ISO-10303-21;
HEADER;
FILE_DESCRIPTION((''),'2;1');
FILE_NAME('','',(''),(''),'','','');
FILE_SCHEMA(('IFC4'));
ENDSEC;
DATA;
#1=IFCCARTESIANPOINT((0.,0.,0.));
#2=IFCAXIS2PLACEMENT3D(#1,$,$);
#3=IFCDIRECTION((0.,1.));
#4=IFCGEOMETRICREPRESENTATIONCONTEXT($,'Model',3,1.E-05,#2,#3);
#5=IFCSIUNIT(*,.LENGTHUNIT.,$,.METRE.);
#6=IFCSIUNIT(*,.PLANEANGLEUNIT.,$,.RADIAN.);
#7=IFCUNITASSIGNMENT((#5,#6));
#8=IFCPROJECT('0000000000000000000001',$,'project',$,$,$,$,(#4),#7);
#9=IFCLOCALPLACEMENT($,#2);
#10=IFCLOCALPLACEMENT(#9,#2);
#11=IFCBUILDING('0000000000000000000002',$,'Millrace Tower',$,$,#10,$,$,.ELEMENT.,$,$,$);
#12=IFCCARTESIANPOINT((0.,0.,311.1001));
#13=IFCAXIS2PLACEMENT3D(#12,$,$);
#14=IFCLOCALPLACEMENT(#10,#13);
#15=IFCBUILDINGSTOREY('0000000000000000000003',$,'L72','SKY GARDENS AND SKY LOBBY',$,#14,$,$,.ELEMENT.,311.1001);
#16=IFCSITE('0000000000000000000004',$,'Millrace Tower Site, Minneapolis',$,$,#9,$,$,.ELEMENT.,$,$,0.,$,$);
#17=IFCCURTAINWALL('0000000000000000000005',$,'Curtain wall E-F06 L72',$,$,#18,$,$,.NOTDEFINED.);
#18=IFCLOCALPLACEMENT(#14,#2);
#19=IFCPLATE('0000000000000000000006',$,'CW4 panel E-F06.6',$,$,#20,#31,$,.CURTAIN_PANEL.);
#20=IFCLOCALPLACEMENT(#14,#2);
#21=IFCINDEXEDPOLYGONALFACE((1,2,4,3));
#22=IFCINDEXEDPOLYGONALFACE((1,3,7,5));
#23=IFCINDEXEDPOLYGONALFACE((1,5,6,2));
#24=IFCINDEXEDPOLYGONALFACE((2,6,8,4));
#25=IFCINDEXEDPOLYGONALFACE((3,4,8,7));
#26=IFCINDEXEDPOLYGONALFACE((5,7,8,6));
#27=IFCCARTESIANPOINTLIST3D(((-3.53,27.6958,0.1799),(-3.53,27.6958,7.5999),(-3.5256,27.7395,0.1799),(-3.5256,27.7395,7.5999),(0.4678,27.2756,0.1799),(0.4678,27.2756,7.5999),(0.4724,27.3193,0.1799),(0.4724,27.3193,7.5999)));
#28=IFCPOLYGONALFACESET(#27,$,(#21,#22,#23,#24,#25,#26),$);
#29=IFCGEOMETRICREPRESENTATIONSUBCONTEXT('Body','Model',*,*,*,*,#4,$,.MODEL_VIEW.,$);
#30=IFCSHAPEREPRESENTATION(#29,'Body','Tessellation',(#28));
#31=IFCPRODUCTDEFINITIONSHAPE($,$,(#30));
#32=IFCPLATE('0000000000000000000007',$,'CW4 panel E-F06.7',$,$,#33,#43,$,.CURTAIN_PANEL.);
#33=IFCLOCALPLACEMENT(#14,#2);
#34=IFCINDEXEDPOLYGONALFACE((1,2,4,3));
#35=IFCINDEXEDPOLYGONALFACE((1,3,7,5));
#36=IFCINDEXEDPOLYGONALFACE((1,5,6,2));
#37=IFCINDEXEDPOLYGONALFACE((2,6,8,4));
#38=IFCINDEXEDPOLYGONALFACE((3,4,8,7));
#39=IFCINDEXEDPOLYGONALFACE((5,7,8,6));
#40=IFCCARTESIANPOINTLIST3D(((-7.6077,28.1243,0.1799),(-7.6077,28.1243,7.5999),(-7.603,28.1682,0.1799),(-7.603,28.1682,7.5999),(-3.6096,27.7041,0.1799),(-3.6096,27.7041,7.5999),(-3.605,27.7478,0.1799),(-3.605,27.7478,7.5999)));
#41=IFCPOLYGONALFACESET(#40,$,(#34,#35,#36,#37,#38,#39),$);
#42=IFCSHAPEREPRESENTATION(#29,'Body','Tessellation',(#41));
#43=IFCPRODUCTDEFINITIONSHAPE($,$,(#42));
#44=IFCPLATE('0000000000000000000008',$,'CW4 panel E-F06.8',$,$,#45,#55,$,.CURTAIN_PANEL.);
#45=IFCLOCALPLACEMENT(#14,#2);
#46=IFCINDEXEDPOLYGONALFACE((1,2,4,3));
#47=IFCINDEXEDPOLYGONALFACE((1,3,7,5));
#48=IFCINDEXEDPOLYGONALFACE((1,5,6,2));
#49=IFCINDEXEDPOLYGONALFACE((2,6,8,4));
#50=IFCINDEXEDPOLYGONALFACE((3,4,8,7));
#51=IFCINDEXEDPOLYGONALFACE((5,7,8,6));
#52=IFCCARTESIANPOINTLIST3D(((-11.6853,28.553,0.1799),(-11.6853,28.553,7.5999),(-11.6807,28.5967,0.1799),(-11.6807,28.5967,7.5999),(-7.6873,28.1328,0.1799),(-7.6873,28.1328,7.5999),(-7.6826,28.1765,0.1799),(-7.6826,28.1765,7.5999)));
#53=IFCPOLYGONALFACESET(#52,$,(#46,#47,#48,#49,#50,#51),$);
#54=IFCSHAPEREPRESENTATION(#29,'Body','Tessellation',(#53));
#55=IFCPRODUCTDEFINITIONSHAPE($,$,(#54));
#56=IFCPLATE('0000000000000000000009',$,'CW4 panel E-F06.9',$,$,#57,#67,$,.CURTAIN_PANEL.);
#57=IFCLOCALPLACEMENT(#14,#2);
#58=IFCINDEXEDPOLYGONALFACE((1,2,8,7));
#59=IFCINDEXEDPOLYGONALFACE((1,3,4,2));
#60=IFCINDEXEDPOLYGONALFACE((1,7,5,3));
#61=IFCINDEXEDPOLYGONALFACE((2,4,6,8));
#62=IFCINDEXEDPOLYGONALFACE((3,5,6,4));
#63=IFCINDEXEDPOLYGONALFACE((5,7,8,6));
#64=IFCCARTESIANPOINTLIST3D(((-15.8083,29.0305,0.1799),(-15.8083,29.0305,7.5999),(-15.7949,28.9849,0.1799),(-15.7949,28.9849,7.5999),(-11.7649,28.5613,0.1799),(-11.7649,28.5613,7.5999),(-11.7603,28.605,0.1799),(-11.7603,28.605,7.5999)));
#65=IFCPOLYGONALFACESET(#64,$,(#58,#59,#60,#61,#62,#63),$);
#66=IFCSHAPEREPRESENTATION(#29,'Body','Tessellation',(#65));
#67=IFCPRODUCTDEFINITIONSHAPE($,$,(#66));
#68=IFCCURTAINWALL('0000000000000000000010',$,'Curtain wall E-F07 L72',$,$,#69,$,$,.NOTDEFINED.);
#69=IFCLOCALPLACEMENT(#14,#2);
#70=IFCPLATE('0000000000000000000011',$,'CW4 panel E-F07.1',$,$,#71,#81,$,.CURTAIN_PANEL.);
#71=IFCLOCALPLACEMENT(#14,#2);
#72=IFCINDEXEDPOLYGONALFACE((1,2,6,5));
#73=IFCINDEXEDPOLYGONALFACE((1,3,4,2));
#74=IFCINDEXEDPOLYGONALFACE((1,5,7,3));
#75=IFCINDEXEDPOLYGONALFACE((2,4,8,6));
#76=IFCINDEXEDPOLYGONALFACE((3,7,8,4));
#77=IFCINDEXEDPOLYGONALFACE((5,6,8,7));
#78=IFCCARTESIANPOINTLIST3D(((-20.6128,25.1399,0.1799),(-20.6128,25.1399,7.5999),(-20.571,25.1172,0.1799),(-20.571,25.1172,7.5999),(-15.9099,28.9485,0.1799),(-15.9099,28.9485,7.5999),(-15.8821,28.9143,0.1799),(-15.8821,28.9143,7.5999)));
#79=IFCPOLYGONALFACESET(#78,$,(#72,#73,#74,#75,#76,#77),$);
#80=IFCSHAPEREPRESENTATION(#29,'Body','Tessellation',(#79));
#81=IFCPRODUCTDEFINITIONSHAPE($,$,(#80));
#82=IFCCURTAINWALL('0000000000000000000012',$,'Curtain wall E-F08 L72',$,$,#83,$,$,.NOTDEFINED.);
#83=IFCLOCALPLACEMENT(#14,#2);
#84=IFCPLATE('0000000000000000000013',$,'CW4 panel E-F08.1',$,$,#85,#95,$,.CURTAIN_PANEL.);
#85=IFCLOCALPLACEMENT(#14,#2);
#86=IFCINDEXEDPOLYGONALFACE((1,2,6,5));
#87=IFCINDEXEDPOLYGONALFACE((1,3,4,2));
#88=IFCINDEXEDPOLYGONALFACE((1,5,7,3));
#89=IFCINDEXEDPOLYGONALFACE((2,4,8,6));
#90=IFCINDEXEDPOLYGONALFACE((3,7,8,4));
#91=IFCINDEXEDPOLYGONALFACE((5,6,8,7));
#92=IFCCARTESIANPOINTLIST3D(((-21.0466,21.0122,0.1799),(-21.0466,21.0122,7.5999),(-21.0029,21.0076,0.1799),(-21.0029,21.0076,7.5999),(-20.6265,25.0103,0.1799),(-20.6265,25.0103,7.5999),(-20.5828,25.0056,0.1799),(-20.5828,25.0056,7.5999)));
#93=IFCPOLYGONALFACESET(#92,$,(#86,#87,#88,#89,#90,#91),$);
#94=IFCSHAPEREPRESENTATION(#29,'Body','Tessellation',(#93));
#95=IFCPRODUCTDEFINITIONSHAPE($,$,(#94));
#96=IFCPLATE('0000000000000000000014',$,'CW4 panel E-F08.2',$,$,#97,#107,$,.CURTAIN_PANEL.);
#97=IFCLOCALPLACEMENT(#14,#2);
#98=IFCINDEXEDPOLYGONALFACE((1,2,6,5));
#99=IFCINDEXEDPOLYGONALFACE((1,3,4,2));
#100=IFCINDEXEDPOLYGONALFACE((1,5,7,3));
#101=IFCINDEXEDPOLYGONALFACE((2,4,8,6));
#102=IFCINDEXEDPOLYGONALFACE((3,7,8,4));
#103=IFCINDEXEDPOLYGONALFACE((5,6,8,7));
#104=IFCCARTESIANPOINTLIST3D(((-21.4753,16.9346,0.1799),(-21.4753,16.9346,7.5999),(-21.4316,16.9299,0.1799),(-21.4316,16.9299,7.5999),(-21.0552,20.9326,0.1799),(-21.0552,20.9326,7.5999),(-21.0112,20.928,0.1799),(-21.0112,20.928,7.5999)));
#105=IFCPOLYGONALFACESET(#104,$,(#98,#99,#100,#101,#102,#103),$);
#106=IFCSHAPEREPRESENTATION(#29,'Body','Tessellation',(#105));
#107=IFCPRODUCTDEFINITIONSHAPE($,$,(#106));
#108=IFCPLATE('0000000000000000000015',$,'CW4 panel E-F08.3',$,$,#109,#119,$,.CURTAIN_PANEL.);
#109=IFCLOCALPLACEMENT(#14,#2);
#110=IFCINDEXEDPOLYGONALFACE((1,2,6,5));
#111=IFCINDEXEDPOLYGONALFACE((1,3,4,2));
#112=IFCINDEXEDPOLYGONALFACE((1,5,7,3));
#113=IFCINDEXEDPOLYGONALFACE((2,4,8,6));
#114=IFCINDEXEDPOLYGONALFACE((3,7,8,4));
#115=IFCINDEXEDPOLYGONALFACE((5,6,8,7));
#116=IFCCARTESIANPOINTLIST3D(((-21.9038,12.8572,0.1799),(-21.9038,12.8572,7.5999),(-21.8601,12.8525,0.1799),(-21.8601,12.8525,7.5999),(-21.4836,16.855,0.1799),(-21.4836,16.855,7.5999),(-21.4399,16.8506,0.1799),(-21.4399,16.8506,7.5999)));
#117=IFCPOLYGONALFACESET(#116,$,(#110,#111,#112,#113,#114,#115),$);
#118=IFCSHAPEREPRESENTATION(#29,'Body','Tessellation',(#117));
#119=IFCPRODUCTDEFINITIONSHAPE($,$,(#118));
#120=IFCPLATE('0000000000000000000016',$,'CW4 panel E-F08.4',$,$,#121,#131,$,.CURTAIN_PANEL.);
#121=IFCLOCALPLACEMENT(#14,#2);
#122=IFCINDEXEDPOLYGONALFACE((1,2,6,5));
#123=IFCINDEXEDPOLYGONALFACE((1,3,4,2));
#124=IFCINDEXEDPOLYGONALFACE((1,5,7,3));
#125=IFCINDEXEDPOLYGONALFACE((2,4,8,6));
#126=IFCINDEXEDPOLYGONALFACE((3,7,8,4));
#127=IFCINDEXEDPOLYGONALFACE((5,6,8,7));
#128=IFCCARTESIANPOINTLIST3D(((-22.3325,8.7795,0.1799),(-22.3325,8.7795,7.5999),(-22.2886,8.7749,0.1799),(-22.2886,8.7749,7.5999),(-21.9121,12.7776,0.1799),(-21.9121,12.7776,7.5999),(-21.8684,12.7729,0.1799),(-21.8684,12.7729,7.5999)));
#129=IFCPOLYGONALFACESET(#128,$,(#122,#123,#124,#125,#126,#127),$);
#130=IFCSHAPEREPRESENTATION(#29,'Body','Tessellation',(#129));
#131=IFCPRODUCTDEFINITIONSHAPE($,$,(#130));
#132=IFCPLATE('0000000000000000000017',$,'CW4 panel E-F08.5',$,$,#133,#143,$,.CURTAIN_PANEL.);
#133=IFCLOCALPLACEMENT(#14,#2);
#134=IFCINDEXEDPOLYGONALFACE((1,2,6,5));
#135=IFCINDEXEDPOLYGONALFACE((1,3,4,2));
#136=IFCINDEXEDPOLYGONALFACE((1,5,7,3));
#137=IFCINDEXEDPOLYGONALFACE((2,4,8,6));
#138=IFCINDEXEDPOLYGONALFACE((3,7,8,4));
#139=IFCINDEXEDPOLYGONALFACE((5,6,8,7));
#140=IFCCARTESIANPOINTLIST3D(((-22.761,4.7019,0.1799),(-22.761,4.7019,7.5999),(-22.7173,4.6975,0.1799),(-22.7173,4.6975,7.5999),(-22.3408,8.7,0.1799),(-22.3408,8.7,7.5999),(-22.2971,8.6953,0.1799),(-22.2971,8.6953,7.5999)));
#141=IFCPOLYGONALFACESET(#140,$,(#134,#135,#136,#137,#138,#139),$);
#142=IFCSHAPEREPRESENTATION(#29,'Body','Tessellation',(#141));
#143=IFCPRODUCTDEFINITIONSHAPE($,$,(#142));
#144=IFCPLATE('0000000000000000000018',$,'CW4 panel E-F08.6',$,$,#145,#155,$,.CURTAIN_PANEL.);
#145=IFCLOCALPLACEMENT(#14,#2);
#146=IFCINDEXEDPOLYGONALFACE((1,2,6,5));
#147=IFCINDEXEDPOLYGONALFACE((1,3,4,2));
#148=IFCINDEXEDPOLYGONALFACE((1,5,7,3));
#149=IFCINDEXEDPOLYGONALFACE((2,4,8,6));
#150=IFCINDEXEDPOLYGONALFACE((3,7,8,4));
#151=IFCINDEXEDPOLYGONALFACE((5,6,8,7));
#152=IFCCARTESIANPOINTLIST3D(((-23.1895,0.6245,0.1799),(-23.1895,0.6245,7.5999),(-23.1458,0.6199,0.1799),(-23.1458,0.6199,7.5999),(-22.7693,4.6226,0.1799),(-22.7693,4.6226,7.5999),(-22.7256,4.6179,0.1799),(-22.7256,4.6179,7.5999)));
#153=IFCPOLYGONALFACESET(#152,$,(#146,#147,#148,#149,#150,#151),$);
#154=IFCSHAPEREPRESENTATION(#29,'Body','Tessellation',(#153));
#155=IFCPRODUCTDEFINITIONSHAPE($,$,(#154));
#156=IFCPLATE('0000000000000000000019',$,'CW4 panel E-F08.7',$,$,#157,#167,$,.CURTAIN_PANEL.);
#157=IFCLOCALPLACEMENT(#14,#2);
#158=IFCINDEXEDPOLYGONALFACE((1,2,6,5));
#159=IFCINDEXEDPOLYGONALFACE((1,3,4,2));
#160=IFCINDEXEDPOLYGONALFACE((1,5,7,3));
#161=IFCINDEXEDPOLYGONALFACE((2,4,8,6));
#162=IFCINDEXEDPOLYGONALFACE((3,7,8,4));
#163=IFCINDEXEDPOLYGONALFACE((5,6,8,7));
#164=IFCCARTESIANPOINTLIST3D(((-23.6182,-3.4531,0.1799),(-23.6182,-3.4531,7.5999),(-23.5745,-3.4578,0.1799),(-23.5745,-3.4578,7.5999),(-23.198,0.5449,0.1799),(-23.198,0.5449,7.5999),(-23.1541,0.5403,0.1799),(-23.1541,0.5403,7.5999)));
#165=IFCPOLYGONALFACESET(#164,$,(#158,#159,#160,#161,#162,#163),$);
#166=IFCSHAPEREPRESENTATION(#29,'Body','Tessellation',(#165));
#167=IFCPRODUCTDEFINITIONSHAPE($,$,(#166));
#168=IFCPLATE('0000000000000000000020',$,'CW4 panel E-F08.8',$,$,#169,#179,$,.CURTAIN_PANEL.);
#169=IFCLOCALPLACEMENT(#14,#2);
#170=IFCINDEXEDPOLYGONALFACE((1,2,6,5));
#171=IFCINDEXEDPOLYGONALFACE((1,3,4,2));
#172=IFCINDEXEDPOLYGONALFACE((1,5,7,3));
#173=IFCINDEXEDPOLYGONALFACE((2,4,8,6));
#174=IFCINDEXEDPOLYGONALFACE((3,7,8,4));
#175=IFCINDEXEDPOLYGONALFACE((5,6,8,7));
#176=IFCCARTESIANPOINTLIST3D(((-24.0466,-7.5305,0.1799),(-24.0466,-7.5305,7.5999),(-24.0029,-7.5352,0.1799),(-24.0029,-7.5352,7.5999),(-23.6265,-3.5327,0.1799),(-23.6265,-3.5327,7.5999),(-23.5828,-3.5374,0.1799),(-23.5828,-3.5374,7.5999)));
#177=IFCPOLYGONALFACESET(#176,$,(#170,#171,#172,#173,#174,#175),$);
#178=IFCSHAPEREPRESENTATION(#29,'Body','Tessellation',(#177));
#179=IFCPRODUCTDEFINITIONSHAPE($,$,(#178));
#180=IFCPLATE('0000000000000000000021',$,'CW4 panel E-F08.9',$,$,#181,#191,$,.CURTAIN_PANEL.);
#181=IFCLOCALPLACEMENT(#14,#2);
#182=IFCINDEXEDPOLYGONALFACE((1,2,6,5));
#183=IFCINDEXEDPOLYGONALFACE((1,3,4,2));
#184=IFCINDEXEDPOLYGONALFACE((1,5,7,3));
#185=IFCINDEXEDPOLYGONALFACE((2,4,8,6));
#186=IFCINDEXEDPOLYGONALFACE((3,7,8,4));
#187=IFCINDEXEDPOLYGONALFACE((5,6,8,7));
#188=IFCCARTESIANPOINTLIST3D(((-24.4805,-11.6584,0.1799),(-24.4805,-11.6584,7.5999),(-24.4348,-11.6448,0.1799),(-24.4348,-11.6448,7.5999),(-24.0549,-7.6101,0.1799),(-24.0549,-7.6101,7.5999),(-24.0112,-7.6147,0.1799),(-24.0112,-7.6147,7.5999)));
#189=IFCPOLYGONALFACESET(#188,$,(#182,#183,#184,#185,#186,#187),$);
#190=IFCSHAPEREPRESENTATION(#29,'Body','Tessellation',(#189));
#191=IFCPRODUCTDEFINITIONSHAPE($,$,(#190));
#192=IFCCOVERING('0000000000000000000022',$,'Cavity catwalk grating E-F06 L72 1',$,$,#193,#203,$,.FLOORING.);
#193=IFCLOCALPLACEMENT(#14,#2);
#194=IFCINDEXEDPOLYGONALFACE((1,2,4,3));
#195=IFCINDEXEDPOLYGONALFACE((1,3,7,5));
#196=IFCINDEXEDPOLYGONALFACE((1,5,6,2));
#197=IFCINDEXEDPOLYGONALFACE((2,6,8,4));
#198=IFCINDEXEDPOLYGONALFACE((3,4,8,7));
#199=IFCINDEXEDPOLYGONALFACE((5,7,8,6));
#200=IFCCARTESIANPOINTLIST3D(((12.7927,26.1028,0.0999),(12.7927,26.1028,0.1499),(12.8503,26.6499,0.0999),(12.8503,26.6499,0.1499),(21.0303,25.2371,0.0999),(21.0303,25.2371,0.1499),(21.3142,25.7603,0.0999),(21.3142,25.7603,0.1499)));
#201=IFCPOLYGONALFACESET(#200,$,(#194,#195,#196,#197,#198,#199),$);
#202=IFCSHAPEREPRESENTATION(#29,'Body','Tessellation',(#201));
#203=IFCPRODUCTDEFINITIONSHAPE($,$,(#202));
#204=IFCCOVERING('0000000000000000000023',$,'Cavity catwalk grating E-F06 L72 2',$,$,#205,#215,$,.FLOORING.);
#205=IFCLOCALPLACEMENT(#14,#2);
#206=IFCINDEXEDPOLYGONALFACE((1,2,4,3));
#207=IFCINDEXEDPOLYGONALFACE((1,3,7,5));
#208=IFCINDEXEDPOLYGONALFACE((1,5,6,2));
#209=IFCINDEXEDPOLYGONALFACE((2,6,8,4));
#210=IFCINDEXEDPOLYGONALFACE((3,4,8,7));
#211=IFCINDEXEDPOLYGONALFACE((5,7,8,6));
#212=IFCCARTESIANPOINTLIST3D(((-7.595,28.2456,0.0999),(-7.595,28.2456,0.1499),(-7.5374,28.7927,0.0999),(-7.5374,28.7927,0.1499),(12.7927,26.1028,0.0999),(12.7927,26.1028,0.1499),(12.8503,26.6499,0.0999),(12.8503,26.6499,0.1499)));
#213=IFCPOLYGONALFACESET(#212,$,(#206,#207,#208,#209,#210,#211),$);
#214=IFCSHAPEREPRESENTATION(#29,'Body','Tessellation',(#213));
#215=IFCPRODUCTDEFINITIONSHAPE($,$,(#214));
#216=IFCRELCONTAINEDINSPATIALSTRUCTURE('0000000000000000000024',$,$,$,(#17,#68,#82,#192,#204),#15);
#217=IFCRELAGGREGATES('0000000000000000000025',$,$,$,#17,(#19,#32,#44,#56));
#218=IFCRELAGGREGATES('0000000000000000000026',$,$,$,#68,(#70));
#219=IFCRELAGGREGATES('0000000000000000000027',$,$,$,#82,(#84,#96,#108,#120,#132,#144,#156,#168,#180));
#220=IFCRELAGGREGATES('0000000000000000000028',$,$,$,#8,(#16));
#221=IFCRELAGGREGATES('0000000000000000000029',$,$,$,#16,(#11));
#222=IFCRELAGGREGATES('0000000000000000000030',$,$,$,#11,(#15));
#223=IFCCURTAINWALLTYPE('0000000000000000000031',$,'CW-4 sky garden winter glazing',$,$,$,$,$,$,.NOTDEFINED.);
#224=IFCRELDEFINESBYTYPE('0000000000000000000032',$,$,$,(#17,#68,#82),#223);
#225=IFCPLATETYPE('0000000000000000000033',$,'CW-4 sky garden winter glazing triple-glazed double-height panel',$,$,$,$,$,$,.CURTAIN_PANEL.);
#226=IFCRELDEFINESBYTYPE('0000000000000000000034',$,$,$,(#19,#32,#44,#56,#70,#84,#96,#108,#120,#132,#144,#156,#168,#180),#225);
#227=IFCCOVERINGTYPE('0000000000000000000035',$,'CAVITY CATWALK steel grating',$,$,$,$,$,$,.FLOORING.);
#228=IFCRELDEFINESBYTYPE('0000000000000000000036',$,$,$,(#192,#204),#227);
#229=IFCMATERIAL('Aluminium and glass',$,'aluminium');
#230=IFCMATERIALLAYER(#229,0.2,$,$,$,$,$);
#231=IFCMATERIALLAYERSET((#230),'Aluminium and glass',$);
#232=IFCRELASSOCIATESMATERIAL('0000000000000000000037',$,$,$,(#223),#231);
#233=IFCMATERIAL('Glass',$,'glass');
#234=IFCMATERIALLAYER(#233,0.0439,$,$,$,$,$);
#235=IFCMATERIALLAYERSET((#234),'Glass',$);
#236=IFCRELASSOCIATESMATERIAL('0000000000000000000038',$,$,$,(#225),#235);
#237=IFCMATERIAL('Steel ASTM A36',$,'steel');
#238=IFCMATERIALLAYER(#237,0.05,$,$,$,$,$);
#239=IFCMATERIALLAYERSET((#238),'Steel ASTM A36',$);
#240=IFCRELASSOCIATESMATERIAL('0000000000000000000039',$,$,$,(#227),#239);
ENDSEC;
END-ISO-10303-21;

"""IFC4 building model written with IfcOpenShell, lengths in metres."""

from ifc_helpers import new_model, si_unit, direction, frame, origin, place, context, subcontext, project, spatial, polyline, outline, extrude, material, layer, layer_set, type_object, element, aggregate, save


model = new_model("IFC4")

# Units and contexts
model_context = context("Model", 3, precision=1e-05, world=origin(), true_north=direction((0.0, 1.0)))
body_context = subcontext(model_context, "Body", "Model", "MODEL_VIEW")
ifc_project = project(units=[si_unit("LENGTHUNIT", "METRE"), si_unit("PLANEANGLEUNIT", "RADIAN")], contexts=[model_context])

# Site, building, storey
site_placement = place(None, origin())
site = spatial("IfcSite", under=ifc_project, at=site_placement, Name="Millrace Tower Site, Minneapolis", CompositionType="ELEMENT", RefElevation=0.0)
building_placement = place(site_placement, origin())
building = spatial("IfcBuilding", under=site, at=building_placement, Name="Millrace Tower", CompositionType="ELEMENT")
storey_placement = place(building_placement, frame((0.0, 0.0, 311.1001)))
storey = spatial("IfcBuildingStorey", under=building, at=storey_placement, Name="L72", Description="SKY GARDENS AND SKY LOBBY", CompositionType="ELEMENT", Elevation=311.1001)

# Curtain wall, plates
ifc_material_1 = material(Name="Aluminium and glass", Category="aluminium")
ifc_layer_1 = layer(ifc_material_1, 0.2)
ifc_layer_set_1 = layer_set([ifc_layer_1], Name="Aluminium and glass")
curtain_wall_type = type_object("IfcCurtainWallType", Name="CW-4 sky garden winter glazing", PredefinedType="NOTDEFINED", material=ifc_layer_set_1)
placement_1 = place(storey_placement, origin())
curtain_wall_1 = element("IfcCurtainWall", 1, at=placement_1, inside=storey, type_object=curtain_wall_type, Name="Curtain wall E-F06 L72", PredefinedType="NOTDEFINED")
ifc_material_2 = material(Name="Glass", Category="glass")
ifc_layer_2 = layer(ifc_material_2, 0.0439)
ifc_layer_set_2 = layer_set([ifc_layer_2], Name="Glass")
plate_type = type_object("IfcPlateType", Name="CW-4 sky garden winter glazing triple-glazed double-height panel", PredefinedType="CURTAIN_PANEL", material=ifc_layer_set_2)
placement_2 = place(storey_placement, frame((0.0, 0.0, 0.1799)))
plate_1 = element("IfcPlate", 2, at=placement_2, type_object=plate_type, Name="CW4 panel E-F06.6", PredefinedType="CURTAIN_PANEL", context=body_context, shape_type="SweptSolid", body=[
    extrude(outline(polyline([(0.4724, 27.3193), (-3.5256, 27.7395), (-3.53, 27.6958), (0.4678, 27.2756), (0.4724, 27.3193)])), origin(), (0.0, 0.0, 1.0), 7.4199),
])
plate_2 = element("IfcPlate", 3, at=placement_2, type_object=plate_type, Name="CW4 panel E-F06.7", PredefinedType="CURTAIN_PANEL", context=body_context, shape_type="SweptSolid", body=[
    extrude(outline(polyline([(-3.605, 27.7478), (-7.603, 28.1682), (-7.6077, 28.1243), (-3.6096, 27.7041), (-3.605, 27.7478)])), origin(), (0.0, 0.0, 1.0), 7.4199),
])
plate_3 = element("IfcPlate", 4, at=placement_2, type_object=plate_type, Name="CW4 panel E-F06.8", PredefinedType="CURTAIN_PANEL", context=body_context, shape_type="SweptSolid", body=[
    extrude(outline(polyline([(-7.6826, 28.1765), (-11.6807, 28.5967), (-11.6853, 28.553), (-7.6873, 28.1328), (-7.6826, 28.1765)])), origin(), (0.0, 0.0, 1.0), 7.4199),
])
plate_4 = element("IfcPlate", 5, at=placement_2, type_object=plate_type, Name="CW4 panel E-F06.9", PredefinedType="CURTAIN_PANEL", context=body_context, shape_type="SweptSolid", body=[
    extrude(outline(polyline([(-11.7603, 28.605), (-15.8083, 29.0305), (-15.7949, 28.9849), (-11.7649, 28.5613), (-11.7603, 28.605)])), origin(), (0.0, 0.0, 1.0), 7.4199),
])
aggregate(curtain_wall_1, [plate_1, plate_2, plate_3, plate_4])

# Curtain wall, plate
curtain_wall_2 = element("IfcCurtainWall", 6, at=placement_1, inside=storey, type_object=curtain_wall_type, Name="Curtain wall E-F07 L72", PredefinedType="NOTDEFINED")
plate_5 = element("IfcPlate", 7, at=placement_2, type_object=plate_type, Name="CW4 panel E-F07.1", PredefinedType="CURTAIN_PANEL", context=body_context, shape_type="SweptSolid", body=[
    extrude(outline(polyline([(-15.9099, 28.9485), (-20.6128, 25.1399), (-20.571, 25.1172), (-15.8821, 28.9143), (-15.9099, 28.9485)])), origin(), (0.0, 0.0, 1.0), 7.4199),
])
aggregate(curtain_wall_2, [plate_5])

# Curtain wall, plates
curtain_wall_3 = element("IfcCurtainWall", 8, at=placement_1, inside=storey, type_object=curtain_wall_type, Name="Curtain wall E-F08 L72", PredefinedType="NOTDEFINED")
plate_6 = element("IfcPlate", 9, at=placement_2, type_object=plate_type, Name="CW4 panel E-F08.1", PredefinedType="CURTAIN_PANEL", context=body_context, shape_type="SweptSolid", body=[
    extrude(outline(polyline([(-20.6265, 25.0103), (-21.0466, 21.0122), (-21.0029, 21.0076), (-20.5828, 25.0056), (-20.6265, 25.0103)])), origin(), (0.0, 0.0, 1.0), 7.4199),
])
plate_7 = element("IfcPlate", 10, at=placement_2, type_object=plate_type, Name="CW4 panel E-F08.2", PredefinedType="CURTAIN_PANEL", context=body_context, shape_type="SweptSolid", body=[
    extrude(outline(polyline([(-21.0552, 20.9326), (-21.4753, 16.9346), (-21.4316, 16.9299), (-21.0112, 20.928), (-21.0552, 20.9326)])), origin(), (0.0, 0.0, 1.0), 7.4199),
])
plate_8 = element("IfcPlate", 11, at=placement_2, type_object=plate_type, Name="CW4 panel E-F08.3", PredefinedType="CURTAIN_PANEL", context=body_context, shape_type="SweptSolid", body=[
    extrude(outline(polyline([(-21.4836, 16.855), (-21.9038, 12.8572), (-21.8601, 12.8525), (-21.4399, 16.8506), (-21.4836, 16.855)])), origin(), (0.0, 0.0, 1.0), 7.4199),
])
plate_9 = element("IfcPlate", 12, at=placement_2, type_object=plate_type, Name="CW4 panel E-F08.4", PredefinedType="CURTAIN_PANEL", context=body_context, shape_type="SweptSolid", body=[
    extrude(outline(polyline([(-21.9121, 12.7776), (-22.3325, 8.7795), (-22.2886, 8.7749), (-21.8684, 12.7729), (-21.9121, 12.7776)])), origin(), (0.0, 0.0, 1.0), 7.4199),
])
plate_10 = element("IfcPlate", 13, at=placement_2, type_object=plate_type, Name="CW4 panel E-F08.5", PredefinedType="CURTAIN_PANEL", context=body_context, shape_type="SweptSolid", body=[
    extrude(outline(polyline([(-22.3408, 8.7), (-22.761, 4.7019), (-22.7173, 4.6975), (-22.2971, 8.6953), (-22.3408, 8.7)])), origin(), (0.0, 0.0, 1.0), 7.4199),
])
plate_11 = element("IfcPlate", 14, at=placement_2, type_object=plate_type, Name="CW4 panel E-F08.6", PredefinedType="CURTAIN_PANEL", context=body_context, shape_type="SweptSolid", body=[
    extrude(outline(polyline([(-22.7693, 4.6226), (-23.1895, 0.6245), (-23.1458, 0.6199), (-22.7256, 4.6179), (-22.7693, 4.6226)])), origin(), (0.0, 0.0, 1.0), 7.4199),
])
plate_12 = element("IfcPlate", 15, at=placement_2, type_object=plate_type, Name="CW4 panel E-F08.7", PredefinedType="CURTAIN_PANEL", context=body_context, shape_type="SweptSolid", body=[
    extrude(outline(polyline([(-23.198, 0.5449), (-23.6182, -3.4531), (-23.5745, -3.4578), (-23.1541, 0.5403), (-23.198, 0.5449)])), origin(), (0.0, 0.0, 1.0), 7.4199),
])
plate_13 = element("IfcPlate", 16, at=placement_2, type_object=plate_type, Name="CW4 panel E-F08.8", PredefinedType="CURTAIN_PANEL", context=body_context, shape_type="SweptSolid", body=[
    extrude(outline(polyline([(-23.6265, -3.5327), (-24.0466, -7.5305), (-24.0029, -7.5352), (-23.5828, -3.5374), (-23.6265, -3.5327)])), origin(), (0.0, 0.0, 1.0), 7.4199),
])
plate_14 = element("IfcPlate", 17, at=placement_2, type_object=plate_type, Name="CW4 panel E-F08.9", PredefinedType="CURTAIN_PANEL", context=body_context, shape_type="SweptSolid", body=[
    extrude(outline(polyline([(-24.0549, -7.6101), (-24.4805, -11.6584), (-24.4348, -11.6448), (-24.0112, -7.6147), (-24.0549, -7.6101)])), origin(), (0.0, 0.0, 1.0), 7.4199),
])
aggregate(curtain_wall_3, [plate_6, plate_7, plate_8, plate_9, plate_10, plate_11, plate_12, plate_13, plate_14])

# Coverings
ifc_material_3 = material(Name="Steel ASTM A36", Category="steel")
ifc_layer_3 = layer(ifc_material_3, 0.05)
ifc_layer_set_3 = layer_set([ifc_layer_3], Name="Steel ASTM A36")
covering_type = type_object("IfcCoveringType", Name="CAVITY CATWALK steel grating", PredefinedType="FLOORING", material=ifc_layer_set_3)
placement_3 = place(storey_placement, frame((0.0, 0.0, 0.0999)))
element("IfcCovering", 18, at=placement_3, inside=storey, type_object=covering_type, Name="Cavity catwalk grating E-F06 L72 1", PredefinedType="FLOORING", context=body_context, shape_type="SweptSolid", body=[
    extrude(outline(polyline([(21.3142, 25.7603), (12.8503, 26.6499), (12.7927, 26.1028), (21.0303, 25.2371), (21.3142, 25.7603)])), origin(), (0.0, 0.0, 1.0), 0.05),
])
element("IfcCovering", 19, at=placement_3, inside=storey, type_object=covering_type, Name="Cavity catwalk grating E-F06 L72 2", PredefinedType="FLOORING", context=body_context, shape_type="SweptSolid", body=[
    extrude(outline(polyline([(12.8503, 26.6499), (-7.5374, 28.7927), (-7.595, 28.2456), (12.7927, 26.1028), (12.8503, 26.6499)])), origin(), (0.0, 0.0, 1.0), 0.05),
])

save(model, "model.ifc")
